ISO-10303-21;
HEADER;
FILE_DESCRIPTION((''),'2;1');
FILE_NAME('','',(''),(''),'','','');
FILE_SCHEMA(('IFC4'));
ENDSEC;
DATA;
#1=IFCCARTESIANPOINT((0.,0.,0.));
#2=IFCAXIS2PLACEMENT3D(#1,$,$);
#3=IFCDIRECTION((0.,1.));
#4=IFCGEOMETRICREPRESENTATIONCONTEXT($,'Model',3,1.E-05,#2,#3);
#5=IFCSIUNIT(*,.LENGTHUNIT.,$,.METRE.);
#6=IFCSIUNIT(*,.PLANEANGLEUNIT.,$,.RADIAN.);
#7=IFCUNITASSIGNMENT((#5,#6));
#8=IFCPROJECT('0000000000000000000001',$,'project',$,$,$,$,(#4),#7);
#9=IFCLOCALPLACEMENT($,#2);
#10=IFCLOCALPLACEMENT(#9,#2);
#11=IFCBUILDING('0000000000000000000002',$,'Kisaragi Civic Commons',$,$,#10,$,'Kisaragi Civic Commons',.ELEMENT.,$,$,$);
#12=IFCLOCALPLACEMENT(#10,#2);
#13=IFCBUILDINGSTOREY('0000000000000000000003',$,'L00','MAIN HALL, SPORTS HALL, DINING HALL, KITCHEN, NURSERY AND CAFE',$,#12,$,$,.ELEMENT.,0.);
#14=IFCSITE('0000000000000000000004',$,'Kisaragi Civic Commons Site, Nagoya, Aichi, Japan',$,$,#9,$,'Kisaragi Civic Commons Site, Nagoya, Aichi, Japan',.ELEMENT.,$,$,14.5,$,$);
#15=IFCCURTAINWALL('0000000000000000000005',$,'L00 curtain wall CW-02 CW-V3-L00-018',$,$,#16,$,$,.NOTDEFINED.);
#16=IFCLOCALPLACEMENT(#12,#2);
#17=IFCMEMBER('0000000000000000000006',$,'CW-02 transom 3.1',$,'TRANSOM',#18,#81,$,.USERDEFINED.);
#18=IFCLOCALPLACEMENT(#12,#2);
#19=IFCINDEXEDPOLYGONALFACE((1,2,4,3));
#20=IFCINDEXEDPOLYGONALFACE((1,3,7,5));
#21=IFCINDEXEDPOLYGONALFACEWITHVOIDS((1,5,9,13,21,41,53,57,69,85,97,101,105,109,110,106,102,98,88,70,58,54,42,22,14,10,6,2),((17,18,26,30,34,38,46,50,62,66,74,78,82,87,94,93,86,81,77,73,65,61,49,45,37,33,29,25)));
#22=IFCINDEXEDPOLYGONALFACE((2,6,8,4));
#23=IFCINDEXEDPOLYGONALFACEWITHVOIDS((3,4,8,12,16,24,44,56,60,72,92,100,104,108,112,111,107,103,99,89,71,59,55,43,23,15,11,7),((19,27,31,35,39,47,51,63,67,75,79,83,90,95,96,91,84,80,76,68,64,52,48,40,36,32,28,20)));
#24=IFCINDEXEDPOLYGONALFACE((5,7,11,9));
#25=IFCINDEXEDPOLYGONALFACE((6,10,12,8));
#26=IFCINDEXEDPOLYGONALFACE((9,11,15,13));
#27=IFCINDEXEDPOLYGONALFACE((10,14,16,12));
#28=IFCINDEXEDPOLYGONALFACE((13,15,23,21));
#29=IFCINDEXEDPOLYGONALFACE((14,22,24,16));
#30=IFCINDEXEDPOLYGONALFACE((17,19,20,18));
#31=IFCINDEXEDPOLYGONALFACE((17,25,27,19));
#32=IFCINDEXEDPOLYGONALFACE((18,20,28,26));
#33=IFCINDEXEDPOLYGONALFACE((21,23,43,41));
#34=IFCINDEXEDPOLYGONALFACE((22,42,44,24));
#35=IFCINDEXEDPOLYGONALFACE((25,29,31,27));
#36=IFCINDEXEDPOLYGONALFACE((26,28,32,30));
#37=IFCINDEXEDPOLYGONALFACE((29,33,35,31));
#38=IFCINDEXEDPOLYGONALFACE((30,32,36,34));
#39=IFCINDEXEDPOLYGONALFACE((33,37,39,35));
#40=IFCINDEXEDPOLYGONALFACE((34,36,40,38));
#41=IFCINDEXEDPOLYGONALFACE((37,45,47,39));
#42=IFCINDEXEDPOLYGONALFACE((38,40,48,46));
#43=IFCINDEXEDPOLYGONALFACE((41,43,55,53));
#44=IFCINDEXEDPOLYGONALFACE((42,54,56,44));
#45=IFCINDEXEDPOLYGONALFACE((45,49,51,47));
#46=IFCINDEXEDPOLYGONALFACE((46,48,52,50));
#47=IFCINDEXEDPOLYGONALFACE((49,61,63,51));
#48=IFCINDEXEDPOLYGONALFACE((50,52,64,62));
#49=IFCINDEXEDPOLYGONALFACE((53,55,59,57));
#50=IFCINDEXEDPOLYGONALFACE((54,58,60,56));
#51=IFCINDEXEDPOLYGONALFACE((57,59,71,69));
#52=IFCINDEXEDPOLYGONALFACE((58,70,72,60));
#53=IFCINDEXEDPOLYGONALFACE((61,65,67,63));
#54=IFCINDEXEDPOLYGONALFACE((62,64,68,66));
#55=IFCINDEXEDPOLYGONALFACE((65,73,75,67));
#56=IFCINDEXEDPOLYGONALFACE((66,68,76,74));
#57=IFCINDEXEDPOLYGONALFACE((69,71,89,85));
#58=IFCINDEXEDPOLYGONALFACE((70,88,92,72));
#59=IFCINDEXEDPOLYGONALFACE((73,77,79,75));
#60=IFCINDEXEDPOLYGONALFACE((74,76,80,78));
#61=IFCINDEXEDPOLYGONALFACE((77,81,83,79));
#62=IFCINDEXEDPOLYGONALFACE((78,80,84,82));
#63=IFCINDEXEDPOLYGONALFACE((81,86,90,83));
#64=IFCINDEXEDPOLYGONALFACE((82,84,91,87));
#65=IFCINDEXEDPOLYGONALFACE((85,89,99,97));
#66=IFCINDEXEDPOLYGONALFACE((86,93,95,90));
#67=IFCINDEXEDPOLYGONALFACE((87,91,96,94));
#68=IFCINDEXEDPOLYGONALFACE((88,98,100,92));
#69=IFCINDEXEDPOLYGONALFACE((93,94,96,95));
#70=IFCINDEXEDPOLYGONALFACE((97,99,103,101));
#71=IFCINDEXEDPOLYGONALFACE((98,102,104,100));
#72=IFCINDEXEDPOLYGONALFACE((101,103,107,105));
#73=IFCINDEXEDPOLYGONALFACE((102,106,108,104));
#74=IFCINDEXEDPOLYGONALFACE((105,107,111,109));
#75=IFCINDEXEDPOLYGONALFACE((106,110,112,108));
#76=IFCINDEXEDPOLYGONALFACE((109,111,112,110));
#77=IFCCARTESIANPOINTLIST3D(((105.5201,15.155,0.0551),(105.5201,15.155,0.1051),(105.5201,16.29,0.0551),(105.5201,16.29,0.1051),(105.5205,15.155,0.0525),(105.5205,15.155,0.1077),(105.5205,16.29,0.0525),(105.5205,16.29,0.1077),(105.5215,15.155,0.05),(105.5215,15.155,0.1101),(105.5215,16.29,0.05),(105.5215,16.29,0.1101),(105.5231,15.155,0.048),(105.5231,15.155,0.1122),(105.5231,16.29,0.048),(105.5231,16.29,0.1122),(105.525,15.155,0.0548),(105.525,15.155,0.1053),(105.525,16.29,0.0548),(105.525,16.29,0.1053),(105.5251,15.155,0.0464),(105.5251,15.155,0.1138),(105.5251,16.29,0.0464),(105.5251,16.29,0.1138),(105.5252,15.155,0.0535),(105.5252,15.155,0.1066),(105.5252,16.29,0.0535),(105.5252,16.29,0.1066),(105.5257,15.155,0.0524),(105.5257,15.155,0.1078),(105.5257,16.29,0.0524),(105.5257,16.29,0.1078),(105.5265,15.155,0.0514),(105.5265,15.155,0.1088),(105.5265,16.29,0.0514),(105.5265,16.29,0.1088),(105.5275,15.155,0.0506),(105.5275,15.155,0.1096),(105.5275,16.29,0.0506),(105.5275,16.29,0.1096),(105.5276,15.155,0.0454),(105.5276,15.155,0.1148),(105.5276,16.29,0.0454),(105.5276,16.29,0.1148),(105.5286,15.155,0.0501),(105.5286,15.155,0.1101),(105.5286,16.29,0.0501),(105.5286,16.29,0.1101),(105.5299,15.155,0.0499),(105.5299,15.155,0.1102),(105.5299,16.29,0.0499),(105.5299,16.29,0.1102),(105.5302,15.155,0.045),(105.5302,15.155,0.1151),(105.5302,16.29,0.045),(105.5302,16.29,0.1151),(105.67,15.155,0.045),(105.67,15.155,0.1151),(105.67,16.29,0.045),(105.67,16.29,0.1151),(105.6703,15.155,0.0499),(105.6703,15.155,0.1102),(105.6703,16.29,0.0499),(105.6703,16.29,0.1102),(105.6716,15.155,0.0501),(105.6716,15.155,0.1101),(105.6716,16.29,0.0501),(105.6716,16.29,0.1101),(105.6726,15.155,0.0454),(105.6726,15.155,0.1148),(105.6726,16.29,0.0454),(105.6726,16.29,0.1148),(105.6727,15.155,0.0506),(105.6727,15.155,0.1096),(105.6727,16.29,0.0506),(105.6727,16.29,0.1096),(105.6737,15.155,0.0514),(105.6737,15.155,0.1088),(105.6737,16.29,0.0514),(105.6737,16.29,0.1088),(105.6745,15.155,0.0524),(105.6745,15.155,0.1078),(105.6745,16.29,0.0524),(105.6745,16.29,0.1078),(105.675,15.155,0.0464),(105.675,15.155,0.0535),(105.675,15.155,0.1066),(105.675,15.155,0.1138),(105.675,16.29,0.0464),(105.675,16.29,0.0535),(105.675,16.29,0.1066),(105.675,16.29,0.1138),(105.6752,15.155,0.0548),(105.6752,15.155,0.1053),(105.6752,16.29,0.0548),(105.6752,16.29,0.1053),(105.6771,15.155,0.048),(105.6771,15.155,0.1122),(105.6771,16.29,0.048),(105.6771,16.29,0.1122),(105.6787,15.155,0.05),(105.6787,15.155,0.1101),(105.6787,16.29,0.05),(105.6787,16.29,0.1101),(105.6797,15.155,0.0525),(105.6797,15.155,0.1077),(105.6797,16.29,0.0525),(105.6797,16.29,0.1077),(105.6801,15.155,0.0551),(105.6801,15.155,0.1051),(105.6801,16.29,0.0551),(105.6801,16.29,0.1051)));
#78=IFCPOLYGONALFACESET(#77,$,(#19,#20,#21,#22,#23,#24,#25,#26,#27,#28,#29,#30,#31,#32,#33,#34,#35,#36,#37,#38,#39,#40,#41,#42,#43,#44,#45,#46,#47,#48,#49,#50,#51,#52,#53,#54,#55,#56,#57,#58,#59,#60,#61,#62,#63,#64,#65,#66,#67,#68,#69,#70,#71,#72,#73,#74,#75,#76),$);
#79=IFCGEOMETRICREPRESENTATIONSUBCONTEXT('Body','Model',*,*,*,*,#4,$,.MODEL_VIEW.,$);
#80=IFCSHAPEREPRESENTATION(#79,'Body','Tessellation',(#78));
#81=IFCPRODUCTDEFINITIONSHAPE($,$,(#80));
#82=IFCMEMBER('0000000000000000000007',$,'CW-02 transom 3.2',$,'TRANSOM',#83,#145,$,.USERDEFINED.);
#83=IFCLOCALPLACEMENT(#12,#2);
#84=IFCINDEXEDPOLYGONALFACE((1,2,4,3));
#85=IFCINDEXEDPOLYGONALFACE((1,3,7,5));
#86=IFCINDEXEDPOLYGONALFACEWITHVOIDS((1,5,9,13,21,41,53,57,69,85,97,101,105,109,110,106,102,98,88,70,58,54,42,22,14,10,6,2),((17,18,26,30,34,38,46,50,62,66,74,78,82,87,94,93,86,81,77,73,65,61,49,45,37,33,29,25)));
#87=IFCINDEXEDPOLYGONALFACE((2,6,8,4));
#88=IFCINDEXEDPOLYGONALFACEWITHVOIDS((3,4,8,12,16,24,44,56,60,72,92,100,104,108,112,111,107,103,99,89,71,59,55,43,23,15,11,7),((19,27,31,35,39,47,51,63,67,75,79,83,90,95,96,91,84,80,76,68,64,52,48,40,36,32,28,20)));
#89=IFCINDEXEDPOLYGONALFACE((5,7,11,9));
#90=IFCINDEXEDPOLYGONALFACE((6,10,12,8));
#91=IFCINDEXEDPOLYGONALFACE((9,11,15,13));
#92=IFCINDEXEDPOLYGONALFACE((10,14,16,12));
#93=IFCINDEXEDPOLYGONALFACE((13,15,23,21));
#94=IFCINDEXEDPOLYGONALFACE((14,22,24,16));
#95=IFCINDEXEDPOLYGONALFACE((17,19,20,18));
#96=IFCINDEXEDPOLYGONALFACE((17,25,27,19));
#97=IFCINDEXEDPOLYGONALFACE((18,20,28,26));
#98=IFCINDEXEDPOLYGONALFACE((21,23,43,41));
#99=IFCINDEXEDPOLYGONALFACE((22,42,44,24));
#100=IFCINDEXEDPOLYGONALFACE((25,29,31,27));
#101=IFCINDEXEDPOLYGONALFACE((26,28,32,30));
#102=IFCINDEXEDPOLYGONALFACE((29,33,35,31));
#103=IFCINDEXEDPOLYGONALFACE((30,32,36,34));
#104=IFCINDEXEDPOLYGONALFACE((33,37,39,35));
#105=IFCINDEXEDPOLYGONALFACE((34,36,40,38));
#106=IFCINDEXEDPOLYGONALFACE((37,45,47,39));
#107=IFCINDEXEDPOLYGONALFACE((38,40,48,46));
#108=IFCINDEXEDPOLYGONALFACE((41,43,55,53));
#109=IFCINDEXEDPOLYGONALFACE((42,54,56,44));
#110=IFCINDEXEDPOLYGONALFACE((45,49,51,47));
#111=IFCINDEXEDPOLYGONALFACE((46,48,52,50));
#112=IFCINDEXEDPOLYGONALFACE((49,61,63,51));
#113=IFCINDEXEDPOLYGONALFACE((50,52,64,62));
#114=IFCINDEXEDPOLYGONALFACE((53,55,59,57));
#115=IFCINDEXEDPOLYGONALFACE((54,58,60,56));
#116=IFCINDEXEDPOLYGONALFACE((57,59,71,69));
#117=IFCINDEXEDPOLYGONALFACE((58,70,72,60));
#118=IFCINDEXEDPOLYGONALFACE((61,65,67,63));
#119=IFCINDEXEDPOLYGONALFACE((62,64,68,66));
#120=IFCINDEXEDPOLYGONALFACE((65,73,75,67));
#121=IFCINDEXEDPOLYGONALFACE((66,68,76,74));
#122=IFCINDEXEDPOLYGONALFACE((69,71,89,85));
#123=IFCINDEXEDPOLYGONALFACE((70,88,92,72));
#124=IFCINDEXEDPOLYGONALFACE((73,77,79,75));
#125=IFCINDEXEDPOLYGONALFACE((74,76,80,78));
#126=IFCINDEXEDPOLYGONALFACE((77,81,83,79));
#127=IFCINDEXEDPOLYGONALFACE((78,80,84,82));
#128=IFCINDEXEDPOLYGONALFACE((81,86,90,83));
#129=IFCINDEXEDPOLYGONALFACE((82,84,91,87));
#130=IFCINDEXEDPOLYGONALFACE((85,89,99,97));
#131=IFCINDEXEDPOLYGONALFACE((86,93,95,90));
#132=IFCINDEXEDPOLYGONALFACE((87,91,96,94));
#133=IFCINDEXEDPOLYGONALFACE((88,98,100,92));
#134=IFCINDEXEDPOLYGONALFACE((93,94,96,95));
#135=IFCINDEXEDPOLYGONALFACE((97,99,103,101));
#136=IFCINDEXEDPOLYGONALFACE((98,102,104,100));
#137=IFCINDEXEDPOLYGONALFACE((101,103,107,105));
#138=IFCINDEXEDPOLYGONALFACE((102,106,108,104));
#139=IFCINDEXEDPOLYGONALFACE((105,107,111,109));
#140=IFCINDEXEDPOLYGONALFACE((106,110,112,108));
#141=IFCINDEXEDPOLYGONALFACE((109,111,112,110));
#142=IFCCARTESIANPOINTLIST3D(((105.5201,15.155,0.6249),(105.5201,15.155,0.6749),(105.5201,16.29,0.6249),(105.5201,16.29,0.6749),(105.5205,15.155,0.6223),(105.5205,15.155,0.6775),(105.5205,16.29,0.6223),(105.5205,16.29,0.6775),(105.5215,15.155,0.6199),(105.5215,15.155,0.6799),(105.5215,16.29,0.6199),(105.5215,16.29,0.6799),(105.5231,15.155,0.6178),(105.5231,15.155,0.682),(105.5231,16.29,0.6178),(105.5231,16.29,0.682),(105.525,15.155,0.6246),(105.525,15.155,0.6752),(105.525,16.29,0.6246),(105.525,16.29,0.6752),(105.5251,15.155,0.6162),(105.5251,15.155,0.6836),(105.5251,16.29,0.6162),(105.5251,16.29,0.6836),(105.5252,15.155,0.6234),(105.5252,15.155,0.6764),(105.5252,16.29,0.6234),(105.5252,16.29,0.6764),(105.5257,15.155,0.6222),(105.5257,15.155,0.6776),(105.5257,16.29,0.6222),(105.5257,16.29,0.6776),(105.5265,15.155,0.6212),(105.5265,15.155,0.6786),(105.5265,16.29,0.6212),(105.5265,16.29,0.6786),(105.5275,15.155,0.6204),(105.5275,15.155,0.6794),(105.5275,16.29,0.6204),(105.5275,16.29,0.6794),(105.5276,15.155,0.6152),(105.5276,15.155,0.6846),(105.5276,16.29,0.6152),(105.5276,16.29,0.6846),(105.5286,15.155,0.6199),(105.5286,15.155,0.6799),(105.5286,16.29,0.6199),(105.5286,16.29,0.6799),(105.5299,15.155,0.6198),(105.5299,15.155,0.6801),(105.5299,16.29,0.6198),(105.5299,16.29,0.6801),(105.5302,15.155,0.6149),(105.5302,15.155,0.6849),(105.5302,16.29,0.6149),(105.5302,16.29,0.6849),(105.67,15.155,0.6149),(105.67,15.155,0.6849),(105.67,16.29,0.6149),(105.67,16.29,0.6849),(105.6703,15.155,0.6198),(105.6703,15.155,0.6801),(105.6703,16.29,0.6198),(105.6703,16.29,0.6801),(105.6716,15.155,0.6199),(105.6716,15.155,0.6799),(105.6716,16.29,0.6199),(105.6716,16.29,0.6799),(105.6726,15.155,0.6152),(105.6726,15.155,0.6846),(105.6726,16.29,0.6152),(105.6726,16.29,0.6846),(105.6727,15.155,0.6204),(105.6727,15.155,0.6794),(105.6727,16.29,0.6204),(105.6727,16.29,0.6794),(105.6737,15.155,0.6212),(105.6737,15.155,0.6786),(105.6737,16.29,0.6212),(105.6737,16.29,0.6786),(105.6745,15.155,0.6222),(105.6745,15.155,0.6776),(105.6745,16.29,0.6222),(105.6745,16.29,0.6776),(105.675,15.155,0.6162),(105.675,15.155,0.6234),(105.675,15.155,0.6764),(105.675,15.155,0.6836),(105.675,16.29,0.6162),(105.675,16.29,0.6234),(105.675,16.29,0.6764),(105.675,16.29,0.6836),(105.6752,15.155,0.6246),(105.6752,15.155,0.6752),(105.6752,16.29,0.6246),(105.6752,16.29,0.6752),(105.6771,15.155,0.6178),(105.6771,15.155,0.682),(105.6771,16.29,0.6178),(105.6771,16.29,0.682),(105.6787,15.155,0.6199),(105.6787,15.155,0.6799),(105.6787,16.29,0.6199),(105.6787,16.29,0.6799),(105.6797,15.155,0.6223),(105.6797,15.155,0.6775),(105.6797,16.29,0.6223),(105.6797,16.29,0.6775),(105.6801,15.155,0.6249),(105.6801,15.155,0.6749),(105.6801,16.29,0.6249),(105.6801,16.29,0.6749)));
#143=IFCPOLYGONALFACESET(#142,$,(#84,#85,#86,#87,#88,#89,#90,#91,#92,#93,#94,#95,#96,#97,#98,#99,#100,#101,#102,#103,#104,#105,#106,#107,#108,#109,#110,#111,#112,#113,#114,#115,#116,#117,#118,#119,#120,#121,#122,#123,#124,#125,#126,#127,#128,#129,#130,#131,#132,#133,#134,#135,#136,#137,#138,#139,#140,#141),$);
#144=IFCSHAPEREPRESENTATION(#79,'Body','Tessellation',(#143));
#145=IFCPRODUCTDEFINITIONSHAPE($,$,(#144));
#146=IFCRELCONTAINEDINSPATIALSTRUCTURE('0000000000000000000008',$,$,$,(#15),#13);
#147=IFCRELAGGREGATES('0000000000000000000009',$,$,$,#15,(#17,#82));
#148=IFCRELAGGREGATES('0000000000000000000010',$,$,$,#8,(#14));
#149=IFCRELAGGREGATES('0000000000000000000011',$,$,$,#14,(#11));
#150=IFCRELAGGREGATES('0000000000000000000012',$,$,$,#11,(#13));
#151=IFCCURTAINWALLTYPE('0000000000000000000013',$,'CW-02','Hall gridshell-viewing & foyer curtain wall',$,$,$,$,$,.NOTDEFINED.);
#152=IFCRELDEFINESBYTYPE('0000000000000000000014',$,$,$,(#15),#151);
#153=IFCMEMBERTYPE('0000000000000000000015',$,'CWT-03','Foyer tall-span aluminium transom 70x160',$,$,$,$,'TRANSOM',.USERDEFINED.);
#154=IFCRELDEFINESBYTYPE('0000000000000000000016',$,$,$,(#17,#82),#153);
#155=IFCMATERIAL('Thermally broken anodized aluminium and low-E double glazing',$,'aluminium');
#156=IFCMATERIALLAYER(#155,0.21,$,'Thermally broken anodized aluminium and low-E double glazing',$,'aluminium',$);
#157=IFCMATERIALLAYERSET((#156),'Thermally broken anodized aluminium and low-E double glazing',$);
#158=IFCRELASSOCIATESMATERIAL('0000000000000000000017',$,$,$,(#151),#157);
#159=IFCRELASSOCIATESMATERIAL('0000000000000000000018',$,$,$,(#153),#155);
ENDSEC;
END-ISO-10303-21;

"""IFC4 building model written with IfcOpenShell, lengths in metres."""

from ifc_helpers import new_model, si_unit, direction, frame, origin, origin_2d, place, context, subcontext, project, spatial, hollow_rectangle, extrude, material, layer, layer_set, material_profile, profile_set, type_object, element, aggregate, save


model = new_model("IFC4")

# Units and contexts
model_context = context("Model", 3, precision=1e-05, world=origin(), true_north=direction((0.0, 1.0)))
body_context = subcontext(model_context, "Body", "Model", "MODEL_VIEW")
ifc_project = project(units=[si_unit("LENGTHUNIT", "METRE"), si_unit("PLANEANGLEUNIT", "RADIAN")], contexts=[model_context])

# Site, building, storey
site_placement = place(None, origin())
site = spatial("IfcSite", under=ifc_project, at=site_placement, Name="Kisaragi Civic Commons Site, Nagoya, Aichi, Japan", LongName="Kisaragi Civic Commons Site, Nagoya, Aichi, Japan", CompositionType="ELEMENT", RefElevation=14.5)
building_placement = place(site_placement, origin())
building = spatial("IfcBuilding", under=site, at=building_placement, Name="Kisaragi Civic Commons", LongName="Kisaragi Civic Commons", CompositionType="ELEMENT")
storey_placement = place(building_placement, origin())
storey = spatial("IfcBuildingStorey", under=building, at=storey_placement, Name="L00", Description="MAIN HALL, SPORTS HALL, DINING HALL, KITCHEN, NURSERY AND CAFE", CompositionType="ELEMENT", Elevation=0.0)

# Curtain wall, members
ifc_material_1 = material(Name="Thermally broken anodized aluminium and low-E double glazing", Category="aluminium")
ifc_layer_1 = layer(ifc_material_1, 0.21, Name="Thermally broken anodized aluminium and low-E double glazing", Category="aluminium")
ifc_layer_set_1 = layer_set([ifc_layer_1], Name="Thermally broken anodized aluminium and low-E double glazing")
curtain_wall_type = type_object("IfcCurtainWallType", Name="CW-02", Description="Hall gridshell-viewing & foyer curtain wall", PredefinedType="NOTDEFINED", material=ifc_layer_set_1)
curtain_wall_placement = place(storey_placement, origin())
curtain_wall = element("IfcCurtainWall", 1, at=curtain_wall_placement, inside=storey, type_object=curtain_wall_type, Name="L00 curtain wall CW-02 CW-V3-L00-018", PredefinedType="NOTDEFINED")
ifc_material_profile_1 = material_profile(ifc_material_1, hollow_rectangle(XDim=0.1599, YDim=0.0701, WallThickness=0.0049, InnerFilletRadius=0.0049, OuterFilletRadius=0.01, at=origin_2d()), Name="CWT-70x160x5", Category="aluminium")
ifc_profile_set_1 = profile_set([ifc_material_profile_1], Name="Thermally broken anodized aluminium and low-E double glazing")
member_type_1 = type_object("IfcMemberType", Name="CWT-03", Description="Foyer tall-span aluminium transom 70x160", ElementType="TRANSOM", PredefinedType="USERDEFINED", material=ifc_profile_set_1)
member_1_placement = place(storey_placement, frame((105.6001, 15.155, 0.0801), z_axis=(0.0, 1.0, 0.0), x_axis=(-1.0, 0.0, 0.0)))
member_1 = element("IfcMember", 2, at=member_1_placement, type_object=member_type_1, Name="CW-02 transom 3.1", ObjectType="TRANSOM", PredefinedType="USERDEFINED", context=body_context, shape_type="SweptSolid", body=[
    extrude(hollow_rectangle(XDim=0.1599, YDim=0.0701, WallThickness=0.0049, InnerFilletRadius=0.0049, OuterFilletRadius=0.01, at=origin_2d()), origin(), (0.0, 0.0, 1.0), 1.135),
])
member_2_placement = place(storey_placement, frame((105.6001, 15.155, 0.6499), z_axis=(0.0, 1.0, 0.0), x_axis=(-1.0, 0.0, 0.0)))
member_2 = element("IfcMember", 3, at=member_2_placement, type_object=member_type_1, Name="CW-02 transom 3.2", ObjectType="TRANSOM", PredefinedType="USERDEFINED", context=body_context, shape_type="SweptSolid", body=[
    extrude(hollow_rectangle(XDim=0.1599, YDim=0.0701, WallThickness=0.0049, InnerFilletRadius=0.0049, OuterFilletRadius=0.01, at=origin_2d()), origin(), (0.0, 0.0, 1.0), 1.135),
])

aggregate(curtain_wall, [member_1, member_2])

save(model, "model.ifc")
